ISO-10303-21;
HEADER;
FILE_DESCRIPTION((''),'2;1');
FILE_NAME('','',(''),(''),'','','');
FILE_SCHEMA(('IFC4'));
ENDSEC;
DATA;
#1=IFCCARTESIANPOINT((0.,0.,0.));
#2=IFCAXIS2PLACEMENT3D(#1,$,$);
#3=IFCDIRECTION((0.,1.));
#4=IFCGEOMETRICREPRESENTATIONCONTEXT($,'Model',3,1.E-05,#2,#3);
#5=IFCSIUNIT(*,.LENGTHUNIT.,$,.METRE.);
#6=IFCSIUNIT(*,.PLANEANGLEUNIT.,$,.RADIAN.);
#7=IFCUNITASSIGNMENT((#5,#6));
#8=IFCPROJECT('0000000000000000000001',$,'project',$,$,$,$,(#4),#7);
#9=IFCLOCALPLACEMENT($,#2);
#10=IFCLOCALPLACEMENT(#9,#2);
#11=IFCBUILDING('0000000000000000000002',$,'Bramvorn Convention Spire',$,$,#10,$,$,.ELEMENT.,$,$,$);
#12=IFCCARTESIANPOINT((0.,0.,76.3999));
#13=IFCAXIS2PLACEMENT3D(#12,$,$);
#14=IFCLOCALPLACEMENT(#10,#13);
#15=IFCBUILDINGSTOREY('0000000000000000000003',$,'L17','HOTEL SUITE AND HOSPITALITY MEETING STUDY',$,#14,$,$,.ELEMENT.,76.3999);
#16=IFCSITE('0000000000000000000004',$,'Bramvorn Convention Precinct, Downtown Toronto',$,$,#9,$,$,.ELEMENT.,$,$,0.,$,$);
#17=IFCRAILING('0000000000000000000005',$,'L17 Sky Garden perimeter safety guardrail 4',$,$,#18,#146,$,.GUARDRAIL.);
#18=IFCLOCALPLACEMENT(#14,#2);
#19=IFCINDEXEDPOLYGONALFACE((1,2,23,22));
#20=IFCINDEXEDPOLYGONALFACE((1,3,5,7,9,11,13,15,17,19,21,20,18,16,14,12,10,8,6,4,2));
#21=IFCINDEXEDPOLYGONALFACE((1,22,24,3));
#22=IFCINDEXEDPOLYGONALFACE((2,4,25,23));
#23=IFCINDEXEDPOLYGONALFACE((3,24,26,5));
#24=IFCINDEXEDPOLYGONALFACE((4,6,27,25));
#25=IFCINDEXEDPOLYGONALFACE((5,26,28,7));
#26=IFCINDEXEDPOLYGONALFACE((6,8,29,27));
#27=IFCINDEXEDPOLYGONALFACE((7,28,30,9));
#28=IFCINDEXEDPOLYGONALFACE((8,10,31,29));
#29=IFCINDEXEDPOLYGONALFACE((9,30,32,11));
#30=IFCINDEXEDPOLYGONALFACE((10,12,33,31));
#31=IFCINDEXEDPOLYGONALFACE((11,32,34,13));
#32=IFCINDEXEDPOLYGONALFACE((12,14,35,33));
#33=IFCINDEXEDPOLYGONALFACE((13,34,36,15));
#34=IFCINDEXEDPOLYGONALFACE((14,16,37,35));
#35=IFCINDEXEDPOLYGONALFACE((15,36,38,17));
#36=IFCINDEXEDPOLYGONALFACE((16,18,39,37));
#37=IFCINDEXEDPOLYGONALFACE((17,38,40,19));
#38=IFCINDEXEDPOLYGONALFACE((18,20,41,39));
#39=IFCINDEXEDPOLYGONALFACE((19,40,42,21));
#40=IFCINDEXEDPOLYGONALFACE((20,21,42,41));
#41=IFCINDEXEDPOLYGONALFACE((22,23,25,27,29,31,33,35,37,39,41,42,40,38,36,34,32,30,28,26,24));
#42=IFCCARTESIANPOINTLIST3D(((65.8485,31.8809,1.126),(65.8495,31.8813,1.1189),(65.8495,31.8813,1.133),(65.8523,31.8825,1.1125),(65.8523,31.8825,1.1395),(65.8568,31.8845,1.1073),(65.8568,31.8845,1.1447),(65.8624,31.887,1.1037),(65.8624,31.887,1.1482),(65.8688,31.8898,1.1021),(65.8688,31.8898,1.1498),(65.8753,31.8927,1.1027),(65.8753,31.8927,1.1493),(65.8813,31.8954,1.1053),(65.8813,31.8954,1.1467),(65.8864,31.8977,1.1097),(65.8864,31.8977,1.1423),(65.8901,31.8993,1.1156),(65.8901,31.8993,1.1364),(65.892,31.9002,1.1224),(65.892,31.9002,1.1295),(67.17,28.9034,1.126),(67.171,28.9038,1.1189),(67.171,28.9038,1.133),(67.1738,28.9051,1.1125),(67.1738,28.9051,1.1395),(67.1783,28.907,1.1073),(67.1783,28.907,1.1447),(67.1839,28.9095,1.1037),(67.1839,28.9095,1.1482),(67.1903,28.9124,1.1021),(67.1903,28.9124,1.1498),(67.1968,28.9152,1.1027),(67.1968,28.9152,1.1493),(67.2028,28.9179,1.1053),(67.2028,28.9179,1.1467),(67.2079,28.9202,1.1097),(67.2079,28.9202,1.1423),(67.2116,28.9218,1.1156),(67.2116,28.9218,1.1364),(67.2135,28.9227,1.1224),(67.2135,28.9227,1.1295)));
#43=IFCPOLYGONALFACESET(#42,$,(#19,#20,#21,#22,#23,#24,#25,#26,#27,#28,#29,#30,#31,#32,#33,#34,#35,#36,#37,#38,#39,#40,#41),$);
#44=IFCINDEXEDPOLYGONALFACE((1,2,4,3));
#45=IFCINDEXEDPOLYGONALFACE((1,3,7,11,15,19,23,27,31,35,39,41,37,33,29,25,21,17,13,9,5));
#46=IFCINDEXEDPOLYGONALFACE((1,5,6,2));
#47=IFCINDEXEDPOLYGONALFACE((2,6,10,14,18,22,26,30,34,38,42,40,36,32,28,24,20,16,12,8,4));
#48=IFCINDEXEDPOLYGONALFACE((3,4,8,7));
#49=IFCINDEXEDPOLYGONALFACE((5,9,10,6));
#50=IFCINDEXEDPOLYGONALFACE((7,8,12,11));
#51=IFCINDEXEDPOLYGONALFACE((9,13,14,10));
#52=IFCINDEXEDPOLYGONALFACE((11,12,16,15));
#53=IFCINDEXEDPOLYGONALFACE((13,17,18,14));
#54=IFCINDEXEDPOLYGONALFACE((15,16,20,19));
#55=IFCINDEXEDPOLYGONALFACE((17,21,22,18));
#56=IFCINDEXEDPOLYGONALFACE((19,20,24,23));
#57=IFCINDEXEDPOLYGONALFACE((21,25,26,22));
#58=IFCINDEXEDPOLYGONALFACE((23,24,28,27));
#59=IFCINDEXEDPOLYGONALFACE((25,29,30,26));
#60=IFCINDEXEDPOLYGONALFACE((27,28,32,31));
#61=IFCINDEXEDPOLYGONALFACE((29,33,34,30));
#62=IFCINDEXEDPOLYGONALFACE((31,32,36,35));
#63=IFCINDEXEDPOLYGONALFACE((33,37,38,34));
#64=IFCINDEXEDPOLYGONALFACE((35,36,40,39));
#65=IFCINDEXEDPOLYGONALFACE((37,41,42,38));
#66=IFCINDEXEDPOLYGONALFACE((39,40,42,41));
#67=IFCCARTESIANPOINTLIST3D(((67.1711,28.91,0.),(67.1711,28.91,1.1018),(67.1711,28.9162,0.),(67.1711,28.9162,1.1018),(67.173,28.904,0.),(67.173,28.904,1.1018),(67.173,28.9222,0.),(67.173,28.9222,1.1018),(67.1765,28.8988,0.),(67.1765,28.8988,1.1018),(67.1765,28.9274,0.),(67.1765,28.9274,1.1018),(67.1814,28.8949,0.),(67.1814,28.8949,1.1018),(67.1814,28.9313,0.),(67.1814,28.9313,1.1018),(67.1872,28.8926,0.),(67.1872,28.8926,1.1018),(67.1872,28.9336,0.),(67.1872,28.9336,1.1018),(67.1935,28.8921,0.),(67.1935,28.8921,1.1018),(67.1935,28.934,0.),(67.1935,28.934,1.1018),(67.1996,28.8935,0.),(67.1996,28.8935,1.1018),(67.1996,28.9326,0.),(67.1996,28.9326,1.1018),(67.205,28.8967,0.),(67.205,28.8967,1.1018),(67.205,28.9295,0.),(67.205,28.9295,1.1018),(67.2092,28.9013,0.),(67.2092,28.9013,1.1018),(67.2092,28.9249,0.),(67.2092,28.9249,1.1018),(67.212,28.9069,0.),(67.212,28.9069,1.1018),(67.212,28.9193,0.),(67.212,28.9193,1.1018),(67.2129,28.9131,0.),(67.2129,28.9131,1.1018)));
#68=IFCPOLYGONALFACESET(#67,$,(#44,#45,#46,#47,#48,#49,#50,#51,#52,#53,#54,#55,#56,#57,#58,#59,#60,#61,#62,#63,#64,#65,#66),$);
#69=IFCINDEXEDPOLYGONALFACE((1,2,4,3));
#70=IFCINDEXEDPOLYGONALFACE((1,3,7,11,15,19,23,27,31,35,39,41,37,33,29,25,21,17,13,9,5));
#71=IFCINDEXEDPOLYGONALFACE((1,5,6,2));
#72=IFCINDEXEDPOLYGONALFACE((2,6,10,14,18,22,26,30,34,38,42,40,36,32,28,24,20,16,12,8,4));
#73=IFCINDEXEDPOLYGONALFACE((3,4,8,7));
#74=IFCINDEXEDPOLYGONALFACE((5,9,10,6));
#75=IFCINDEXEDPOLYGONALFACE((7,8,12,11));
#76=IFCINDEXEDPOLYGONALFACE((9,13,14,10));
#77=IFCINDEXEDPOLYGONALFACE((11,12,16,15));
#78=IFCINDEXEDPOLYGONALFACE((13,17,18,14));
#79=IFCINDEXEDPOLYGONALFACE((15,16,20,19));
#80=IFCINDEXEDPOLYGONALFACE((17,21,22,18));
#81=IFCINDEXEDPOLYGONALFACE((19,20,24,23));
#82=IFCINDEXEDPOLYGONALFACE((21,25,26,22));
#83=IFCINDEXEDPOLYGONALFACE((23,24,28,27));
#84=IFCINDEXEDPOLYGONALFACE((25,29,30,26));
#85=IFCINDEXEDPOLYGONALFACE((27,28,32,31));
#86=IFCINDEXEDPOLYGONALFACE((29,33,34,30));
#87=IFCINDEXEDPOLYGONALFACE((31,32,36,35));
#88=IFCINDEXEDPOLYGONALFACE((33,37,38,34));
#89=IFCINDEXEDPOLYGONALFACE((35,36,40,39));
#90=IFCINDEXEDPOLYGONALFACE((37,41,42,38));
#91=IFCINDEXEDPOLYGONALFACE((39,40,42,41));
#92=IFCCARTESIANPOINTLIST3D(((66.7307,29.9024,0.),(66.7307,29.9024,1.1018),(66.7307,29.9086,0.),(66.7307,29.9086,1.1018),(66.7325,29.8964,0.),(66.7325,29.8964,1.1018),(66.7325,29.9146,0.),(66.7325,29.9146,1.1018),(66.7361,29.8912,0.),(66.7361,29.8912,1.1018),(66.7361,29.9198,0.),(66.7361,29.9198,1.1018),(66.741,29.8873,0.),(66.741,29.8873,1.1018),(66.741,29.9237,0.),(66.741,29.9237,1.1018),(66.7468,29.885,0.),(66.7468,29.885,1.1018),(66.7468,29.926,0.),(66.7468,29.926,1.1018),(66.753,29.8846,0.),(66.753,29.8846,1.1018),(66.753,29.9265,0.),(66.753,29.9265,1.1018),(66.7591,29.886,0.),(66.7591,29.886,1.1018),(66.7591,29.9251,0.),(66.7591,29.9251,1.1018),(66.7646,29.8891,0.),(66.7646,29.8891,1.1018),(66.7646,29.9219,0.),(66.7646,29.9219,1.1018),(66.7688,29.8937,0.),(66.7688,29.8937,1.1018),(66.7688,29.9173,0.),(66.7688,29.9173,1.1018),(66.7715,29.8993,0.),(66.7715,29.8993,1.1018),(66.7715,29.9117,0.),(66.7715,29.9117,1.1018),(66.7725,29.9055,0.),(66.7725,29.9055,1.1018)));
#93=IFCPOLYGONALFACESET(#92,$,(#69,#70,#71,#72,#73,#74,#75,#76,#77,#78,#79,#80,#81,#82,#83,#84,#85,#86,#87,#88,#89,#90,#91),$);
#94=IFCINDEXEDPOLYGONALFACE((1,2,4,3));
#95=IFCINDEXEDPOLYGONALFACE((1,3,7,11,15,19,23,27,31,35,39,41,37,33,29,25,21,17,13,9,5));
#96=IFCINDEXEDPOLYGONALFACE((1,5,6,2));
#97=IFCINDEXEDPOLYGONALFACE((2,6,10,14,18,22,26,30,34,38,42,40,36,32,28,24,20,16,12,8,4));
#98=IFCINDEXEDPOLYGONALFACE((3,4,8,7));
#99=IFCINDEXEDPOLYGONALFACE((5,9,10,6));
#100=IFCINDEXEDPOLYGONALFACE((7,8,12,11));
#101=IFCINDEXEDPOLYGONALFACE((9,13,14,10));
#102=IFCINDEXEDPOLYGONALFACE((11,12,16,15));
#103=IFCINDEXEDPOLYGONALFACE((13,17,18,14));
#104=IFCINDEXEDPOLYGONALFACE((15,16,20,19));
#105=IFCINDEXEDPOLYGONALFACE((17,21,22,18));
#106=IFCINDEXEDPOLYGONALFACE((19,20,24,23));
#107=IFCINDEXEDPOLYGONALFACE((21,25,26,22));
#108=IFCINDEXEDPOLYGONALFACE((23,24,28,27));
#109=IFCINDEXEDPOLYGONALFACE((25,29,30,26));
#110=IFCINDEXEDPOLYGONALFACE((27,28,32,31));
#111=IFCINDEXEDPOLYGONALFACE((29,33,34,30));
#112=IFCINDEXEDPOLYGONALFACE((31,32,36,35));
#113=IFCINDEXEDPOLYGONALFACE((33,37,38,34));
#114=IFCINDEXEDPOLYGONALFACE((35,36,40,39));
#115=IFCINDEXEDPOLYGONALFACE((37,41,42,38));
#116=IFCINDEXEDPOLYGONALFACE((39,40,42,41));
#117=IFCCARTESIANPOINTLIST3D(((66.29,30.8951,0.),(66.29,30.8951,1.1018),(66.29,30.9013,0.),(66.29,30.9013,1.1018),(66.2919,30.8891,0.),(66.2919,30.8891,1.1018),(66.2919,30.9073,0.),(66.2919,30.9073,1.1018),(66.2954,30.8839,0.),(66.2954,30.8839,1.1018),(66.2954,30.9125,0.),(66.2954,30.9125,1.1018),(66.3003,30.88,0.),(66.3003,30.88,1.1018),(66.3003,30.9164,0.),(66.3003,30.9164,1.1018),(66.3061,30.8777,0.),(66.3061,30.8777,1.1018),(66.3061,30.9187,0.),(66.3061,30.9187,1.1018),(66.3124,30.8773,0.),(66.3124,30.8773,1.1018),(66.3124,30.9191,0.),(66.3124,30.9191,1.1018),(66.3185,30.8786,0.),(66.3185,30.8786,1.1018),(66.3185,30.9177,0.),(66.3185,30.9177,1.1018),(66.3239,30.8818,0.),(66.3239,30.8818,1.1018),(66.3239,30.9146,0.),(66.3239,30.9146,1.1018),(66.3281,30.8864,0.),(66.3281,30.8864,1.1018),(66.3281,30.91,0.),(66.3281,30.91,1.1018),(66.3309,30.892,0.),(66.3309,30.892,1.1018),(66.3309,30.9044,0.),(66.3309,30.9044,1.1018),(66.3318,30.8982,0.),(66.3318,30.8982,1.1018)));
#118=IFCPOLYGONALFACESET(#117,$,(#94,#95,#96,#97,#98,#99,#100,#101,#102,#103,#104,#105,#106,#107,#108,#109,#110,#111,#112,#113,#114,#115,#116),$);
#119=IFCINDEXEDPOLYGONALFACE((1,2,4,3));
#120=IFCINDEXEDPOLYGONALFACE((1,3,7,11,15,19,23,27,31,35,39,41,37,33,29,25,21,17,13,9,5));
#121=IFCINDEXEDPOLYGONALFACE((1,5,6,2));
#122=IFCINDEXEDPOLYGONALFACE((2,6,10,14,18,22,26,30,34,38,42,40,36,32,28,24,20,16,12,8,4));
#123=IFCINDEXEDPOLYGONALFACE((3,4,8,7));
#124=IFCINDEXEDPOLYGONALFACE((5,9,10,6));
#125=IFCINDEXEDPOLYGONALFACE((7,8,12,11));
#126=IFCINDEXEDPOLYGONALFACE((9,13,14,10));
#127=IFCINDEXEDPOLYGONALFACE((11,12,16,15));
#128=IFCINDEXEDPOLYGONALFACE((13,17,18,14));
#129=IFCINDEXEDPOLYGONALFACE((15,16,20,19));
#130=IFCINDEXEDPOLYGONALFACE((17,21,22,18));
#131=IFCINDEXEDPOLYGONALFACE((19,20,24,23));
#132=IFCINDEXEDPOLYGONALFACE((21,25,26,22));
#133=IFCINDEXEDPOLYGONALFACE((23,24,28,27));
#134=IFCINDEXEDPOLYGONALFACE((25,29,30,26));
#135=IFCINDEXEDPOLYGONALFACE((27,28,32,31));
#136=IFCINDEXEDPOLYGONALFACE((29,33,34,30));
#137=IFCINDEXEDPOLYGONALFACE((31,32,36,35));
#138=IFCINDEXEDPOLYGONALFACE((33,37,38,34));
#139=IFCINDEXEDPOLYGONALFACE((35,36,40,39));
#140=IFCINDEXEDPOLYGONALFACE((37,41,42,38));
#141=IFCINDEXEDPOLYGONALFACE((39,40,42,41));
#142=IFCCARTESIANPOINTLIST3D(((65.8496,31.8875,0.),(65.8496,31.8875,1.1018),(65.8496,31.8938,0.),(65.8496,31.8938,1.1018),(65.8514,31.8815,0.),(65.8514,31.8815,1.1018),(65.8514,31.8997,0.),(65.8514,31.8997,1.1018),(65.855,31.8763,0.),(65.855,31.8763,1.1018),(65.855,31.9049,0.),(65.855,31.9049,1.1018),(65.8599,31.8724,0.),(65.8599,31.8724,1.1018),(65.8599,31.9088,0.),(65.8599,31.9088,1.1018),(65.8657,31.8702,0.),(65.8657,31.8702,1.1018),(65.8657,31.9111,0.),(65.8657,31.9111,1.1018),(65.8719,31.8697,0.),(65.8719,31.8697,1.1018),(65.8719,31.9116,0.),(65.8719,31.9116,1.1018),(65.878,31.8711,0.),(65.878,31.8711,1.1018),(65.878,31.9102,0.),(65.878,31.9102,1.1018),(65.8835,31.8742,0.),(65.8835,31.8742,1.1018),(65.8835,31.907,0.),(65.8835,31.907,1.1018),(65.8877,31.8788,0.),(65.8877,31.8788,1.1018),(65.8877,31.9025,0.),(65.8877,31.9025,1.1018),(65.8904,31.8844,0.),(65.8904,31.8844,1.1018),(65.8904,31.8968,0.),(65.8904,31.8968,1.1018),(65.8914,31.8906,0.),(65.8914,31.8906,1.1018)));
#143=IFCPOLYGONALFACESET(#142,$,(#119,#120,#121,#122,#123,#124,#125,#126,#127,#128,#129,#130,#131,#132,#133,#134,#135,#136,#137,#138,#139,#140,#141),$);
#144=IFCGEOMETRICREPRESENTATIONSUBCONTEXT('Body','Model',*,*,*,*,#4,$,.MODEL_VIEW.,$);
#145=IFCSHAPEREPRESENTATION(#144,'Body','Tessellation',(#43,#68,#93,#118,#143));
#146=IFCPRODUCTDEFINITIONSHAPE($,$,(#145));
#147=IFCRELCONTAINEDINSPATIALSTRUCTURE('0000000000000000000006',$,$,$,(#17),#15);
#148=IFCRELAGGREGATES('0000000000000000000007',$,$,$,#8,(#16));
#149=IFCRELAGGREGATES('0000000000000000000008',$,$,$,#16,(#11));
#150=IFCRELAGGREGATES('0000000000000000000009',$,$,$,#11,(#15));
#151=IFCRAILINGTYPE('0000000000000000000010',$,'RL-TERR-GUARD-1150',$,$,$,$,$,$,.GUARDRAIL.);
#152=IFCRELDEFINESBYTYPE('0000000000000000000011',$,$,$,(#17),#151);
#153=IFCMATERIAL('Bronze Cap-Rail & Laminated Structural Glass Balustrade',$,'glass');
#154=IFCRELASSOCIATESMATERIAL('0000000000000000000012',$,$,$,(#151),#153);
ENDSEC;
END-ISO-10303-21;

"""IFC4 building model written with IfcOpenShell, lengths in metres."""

from ifc_helpers import new_model, si_unit, direction, frame, origin, origin_2d, place, context, subcontext, project, spatial, circle, extrude, material, type_object, element, save


model = new_model("IFC4")

# Units and contexts
model_context = context("Model", 3, precision=1e-05, world=origin(), true_north=direction((0.0, 1.0)))
body_context = subcontext(model_context, "Body", "Model", "MODEL_VIEW")
ifc_project = project(units=[si_unit("LENGTHUNIT", "METRE"), si_unit("PLANEANGLEUNIT", "RADIAN")], contexts=[model_context])

# Site, building, storey
site_placement = place(None, origin())
site = spatial("IfcSite", under=ifc_project, at=site_placement, Name="Bramvorn Convention Precinct, Downtown Toronto", CompositionType="ELEMENT", RefElevation=0.0)
building_placement = place(site_placement, origin())
building = spatial("IfcBuilding", under=site, at=building_placement, Name="Bramvorn Convention Spire", CompositionType="ELEMENT")
storey_placement = place(building_placement, frame((0.0, 0.0, 76.3999)))
storey = spatial("IfcBuildingStorey", under=building, at=storey_placement, Name="L17", Description="HOTEL SUITE AND HOSPITALITY MEETING STUDY", CompositionType="ELEMENT", Elevation=76.3999)

# Railing
ifc_material_1 = material(Name="Bronze Cap-Rail & Laminated Structural Glass Balustrade", Category="glass")
railing_type = type_object("IfcRailingType", Name="RL-TERR-GUARD-1150", PredefinedType="GUARDRAIL", material=ifc_material_1)
railing_1_placement = place(storey_placement, frame((67.1919, 28.9131, 0.0)))
element("IfcRailing", 1, at=railing_1_placement, inside=storey, type_object=railing_type, Name="L17 Sky Garden perimeter safety guardrail 4", PredefinedType="GUARDRAIL", context=body_context, shape_type="SweptSolid", body=[
    extrude(circle(Radius=0.0239, at=origin_2d()), frame((0.0, 0.0, 1.126), z_axis=(-0.405673, 0.914018, 0.0), x_axis=(-0.914018, -0.405673, 0.0)), (0.0, 0.0, 1.0), 3.2576),
    extrude(circle(Radius=0.021, at=origin_2d()), origin(), (0.0, 0.0, 1.0), 1.1018),
    extrude(circle(Radius=0.021, at=origin_2d()), frame((-0.4404, 0.9924, 0.0)), (0.0, 0.0, 1.0), 1.1018),
    extrude(circle(Radius=0.021, at=origin_2d()), frame((-0.8811, 1.9851, 0.0)), (0.0, 0.0, 1.0), 1.1018),
    extrude(circle(Radius=0.021, at=origin_2d()), frame((-1.3215, 2.9775, 0.0)), (0.0, 0.0, 1.0), 1.1018),
])

save(model, "model.ifc")
